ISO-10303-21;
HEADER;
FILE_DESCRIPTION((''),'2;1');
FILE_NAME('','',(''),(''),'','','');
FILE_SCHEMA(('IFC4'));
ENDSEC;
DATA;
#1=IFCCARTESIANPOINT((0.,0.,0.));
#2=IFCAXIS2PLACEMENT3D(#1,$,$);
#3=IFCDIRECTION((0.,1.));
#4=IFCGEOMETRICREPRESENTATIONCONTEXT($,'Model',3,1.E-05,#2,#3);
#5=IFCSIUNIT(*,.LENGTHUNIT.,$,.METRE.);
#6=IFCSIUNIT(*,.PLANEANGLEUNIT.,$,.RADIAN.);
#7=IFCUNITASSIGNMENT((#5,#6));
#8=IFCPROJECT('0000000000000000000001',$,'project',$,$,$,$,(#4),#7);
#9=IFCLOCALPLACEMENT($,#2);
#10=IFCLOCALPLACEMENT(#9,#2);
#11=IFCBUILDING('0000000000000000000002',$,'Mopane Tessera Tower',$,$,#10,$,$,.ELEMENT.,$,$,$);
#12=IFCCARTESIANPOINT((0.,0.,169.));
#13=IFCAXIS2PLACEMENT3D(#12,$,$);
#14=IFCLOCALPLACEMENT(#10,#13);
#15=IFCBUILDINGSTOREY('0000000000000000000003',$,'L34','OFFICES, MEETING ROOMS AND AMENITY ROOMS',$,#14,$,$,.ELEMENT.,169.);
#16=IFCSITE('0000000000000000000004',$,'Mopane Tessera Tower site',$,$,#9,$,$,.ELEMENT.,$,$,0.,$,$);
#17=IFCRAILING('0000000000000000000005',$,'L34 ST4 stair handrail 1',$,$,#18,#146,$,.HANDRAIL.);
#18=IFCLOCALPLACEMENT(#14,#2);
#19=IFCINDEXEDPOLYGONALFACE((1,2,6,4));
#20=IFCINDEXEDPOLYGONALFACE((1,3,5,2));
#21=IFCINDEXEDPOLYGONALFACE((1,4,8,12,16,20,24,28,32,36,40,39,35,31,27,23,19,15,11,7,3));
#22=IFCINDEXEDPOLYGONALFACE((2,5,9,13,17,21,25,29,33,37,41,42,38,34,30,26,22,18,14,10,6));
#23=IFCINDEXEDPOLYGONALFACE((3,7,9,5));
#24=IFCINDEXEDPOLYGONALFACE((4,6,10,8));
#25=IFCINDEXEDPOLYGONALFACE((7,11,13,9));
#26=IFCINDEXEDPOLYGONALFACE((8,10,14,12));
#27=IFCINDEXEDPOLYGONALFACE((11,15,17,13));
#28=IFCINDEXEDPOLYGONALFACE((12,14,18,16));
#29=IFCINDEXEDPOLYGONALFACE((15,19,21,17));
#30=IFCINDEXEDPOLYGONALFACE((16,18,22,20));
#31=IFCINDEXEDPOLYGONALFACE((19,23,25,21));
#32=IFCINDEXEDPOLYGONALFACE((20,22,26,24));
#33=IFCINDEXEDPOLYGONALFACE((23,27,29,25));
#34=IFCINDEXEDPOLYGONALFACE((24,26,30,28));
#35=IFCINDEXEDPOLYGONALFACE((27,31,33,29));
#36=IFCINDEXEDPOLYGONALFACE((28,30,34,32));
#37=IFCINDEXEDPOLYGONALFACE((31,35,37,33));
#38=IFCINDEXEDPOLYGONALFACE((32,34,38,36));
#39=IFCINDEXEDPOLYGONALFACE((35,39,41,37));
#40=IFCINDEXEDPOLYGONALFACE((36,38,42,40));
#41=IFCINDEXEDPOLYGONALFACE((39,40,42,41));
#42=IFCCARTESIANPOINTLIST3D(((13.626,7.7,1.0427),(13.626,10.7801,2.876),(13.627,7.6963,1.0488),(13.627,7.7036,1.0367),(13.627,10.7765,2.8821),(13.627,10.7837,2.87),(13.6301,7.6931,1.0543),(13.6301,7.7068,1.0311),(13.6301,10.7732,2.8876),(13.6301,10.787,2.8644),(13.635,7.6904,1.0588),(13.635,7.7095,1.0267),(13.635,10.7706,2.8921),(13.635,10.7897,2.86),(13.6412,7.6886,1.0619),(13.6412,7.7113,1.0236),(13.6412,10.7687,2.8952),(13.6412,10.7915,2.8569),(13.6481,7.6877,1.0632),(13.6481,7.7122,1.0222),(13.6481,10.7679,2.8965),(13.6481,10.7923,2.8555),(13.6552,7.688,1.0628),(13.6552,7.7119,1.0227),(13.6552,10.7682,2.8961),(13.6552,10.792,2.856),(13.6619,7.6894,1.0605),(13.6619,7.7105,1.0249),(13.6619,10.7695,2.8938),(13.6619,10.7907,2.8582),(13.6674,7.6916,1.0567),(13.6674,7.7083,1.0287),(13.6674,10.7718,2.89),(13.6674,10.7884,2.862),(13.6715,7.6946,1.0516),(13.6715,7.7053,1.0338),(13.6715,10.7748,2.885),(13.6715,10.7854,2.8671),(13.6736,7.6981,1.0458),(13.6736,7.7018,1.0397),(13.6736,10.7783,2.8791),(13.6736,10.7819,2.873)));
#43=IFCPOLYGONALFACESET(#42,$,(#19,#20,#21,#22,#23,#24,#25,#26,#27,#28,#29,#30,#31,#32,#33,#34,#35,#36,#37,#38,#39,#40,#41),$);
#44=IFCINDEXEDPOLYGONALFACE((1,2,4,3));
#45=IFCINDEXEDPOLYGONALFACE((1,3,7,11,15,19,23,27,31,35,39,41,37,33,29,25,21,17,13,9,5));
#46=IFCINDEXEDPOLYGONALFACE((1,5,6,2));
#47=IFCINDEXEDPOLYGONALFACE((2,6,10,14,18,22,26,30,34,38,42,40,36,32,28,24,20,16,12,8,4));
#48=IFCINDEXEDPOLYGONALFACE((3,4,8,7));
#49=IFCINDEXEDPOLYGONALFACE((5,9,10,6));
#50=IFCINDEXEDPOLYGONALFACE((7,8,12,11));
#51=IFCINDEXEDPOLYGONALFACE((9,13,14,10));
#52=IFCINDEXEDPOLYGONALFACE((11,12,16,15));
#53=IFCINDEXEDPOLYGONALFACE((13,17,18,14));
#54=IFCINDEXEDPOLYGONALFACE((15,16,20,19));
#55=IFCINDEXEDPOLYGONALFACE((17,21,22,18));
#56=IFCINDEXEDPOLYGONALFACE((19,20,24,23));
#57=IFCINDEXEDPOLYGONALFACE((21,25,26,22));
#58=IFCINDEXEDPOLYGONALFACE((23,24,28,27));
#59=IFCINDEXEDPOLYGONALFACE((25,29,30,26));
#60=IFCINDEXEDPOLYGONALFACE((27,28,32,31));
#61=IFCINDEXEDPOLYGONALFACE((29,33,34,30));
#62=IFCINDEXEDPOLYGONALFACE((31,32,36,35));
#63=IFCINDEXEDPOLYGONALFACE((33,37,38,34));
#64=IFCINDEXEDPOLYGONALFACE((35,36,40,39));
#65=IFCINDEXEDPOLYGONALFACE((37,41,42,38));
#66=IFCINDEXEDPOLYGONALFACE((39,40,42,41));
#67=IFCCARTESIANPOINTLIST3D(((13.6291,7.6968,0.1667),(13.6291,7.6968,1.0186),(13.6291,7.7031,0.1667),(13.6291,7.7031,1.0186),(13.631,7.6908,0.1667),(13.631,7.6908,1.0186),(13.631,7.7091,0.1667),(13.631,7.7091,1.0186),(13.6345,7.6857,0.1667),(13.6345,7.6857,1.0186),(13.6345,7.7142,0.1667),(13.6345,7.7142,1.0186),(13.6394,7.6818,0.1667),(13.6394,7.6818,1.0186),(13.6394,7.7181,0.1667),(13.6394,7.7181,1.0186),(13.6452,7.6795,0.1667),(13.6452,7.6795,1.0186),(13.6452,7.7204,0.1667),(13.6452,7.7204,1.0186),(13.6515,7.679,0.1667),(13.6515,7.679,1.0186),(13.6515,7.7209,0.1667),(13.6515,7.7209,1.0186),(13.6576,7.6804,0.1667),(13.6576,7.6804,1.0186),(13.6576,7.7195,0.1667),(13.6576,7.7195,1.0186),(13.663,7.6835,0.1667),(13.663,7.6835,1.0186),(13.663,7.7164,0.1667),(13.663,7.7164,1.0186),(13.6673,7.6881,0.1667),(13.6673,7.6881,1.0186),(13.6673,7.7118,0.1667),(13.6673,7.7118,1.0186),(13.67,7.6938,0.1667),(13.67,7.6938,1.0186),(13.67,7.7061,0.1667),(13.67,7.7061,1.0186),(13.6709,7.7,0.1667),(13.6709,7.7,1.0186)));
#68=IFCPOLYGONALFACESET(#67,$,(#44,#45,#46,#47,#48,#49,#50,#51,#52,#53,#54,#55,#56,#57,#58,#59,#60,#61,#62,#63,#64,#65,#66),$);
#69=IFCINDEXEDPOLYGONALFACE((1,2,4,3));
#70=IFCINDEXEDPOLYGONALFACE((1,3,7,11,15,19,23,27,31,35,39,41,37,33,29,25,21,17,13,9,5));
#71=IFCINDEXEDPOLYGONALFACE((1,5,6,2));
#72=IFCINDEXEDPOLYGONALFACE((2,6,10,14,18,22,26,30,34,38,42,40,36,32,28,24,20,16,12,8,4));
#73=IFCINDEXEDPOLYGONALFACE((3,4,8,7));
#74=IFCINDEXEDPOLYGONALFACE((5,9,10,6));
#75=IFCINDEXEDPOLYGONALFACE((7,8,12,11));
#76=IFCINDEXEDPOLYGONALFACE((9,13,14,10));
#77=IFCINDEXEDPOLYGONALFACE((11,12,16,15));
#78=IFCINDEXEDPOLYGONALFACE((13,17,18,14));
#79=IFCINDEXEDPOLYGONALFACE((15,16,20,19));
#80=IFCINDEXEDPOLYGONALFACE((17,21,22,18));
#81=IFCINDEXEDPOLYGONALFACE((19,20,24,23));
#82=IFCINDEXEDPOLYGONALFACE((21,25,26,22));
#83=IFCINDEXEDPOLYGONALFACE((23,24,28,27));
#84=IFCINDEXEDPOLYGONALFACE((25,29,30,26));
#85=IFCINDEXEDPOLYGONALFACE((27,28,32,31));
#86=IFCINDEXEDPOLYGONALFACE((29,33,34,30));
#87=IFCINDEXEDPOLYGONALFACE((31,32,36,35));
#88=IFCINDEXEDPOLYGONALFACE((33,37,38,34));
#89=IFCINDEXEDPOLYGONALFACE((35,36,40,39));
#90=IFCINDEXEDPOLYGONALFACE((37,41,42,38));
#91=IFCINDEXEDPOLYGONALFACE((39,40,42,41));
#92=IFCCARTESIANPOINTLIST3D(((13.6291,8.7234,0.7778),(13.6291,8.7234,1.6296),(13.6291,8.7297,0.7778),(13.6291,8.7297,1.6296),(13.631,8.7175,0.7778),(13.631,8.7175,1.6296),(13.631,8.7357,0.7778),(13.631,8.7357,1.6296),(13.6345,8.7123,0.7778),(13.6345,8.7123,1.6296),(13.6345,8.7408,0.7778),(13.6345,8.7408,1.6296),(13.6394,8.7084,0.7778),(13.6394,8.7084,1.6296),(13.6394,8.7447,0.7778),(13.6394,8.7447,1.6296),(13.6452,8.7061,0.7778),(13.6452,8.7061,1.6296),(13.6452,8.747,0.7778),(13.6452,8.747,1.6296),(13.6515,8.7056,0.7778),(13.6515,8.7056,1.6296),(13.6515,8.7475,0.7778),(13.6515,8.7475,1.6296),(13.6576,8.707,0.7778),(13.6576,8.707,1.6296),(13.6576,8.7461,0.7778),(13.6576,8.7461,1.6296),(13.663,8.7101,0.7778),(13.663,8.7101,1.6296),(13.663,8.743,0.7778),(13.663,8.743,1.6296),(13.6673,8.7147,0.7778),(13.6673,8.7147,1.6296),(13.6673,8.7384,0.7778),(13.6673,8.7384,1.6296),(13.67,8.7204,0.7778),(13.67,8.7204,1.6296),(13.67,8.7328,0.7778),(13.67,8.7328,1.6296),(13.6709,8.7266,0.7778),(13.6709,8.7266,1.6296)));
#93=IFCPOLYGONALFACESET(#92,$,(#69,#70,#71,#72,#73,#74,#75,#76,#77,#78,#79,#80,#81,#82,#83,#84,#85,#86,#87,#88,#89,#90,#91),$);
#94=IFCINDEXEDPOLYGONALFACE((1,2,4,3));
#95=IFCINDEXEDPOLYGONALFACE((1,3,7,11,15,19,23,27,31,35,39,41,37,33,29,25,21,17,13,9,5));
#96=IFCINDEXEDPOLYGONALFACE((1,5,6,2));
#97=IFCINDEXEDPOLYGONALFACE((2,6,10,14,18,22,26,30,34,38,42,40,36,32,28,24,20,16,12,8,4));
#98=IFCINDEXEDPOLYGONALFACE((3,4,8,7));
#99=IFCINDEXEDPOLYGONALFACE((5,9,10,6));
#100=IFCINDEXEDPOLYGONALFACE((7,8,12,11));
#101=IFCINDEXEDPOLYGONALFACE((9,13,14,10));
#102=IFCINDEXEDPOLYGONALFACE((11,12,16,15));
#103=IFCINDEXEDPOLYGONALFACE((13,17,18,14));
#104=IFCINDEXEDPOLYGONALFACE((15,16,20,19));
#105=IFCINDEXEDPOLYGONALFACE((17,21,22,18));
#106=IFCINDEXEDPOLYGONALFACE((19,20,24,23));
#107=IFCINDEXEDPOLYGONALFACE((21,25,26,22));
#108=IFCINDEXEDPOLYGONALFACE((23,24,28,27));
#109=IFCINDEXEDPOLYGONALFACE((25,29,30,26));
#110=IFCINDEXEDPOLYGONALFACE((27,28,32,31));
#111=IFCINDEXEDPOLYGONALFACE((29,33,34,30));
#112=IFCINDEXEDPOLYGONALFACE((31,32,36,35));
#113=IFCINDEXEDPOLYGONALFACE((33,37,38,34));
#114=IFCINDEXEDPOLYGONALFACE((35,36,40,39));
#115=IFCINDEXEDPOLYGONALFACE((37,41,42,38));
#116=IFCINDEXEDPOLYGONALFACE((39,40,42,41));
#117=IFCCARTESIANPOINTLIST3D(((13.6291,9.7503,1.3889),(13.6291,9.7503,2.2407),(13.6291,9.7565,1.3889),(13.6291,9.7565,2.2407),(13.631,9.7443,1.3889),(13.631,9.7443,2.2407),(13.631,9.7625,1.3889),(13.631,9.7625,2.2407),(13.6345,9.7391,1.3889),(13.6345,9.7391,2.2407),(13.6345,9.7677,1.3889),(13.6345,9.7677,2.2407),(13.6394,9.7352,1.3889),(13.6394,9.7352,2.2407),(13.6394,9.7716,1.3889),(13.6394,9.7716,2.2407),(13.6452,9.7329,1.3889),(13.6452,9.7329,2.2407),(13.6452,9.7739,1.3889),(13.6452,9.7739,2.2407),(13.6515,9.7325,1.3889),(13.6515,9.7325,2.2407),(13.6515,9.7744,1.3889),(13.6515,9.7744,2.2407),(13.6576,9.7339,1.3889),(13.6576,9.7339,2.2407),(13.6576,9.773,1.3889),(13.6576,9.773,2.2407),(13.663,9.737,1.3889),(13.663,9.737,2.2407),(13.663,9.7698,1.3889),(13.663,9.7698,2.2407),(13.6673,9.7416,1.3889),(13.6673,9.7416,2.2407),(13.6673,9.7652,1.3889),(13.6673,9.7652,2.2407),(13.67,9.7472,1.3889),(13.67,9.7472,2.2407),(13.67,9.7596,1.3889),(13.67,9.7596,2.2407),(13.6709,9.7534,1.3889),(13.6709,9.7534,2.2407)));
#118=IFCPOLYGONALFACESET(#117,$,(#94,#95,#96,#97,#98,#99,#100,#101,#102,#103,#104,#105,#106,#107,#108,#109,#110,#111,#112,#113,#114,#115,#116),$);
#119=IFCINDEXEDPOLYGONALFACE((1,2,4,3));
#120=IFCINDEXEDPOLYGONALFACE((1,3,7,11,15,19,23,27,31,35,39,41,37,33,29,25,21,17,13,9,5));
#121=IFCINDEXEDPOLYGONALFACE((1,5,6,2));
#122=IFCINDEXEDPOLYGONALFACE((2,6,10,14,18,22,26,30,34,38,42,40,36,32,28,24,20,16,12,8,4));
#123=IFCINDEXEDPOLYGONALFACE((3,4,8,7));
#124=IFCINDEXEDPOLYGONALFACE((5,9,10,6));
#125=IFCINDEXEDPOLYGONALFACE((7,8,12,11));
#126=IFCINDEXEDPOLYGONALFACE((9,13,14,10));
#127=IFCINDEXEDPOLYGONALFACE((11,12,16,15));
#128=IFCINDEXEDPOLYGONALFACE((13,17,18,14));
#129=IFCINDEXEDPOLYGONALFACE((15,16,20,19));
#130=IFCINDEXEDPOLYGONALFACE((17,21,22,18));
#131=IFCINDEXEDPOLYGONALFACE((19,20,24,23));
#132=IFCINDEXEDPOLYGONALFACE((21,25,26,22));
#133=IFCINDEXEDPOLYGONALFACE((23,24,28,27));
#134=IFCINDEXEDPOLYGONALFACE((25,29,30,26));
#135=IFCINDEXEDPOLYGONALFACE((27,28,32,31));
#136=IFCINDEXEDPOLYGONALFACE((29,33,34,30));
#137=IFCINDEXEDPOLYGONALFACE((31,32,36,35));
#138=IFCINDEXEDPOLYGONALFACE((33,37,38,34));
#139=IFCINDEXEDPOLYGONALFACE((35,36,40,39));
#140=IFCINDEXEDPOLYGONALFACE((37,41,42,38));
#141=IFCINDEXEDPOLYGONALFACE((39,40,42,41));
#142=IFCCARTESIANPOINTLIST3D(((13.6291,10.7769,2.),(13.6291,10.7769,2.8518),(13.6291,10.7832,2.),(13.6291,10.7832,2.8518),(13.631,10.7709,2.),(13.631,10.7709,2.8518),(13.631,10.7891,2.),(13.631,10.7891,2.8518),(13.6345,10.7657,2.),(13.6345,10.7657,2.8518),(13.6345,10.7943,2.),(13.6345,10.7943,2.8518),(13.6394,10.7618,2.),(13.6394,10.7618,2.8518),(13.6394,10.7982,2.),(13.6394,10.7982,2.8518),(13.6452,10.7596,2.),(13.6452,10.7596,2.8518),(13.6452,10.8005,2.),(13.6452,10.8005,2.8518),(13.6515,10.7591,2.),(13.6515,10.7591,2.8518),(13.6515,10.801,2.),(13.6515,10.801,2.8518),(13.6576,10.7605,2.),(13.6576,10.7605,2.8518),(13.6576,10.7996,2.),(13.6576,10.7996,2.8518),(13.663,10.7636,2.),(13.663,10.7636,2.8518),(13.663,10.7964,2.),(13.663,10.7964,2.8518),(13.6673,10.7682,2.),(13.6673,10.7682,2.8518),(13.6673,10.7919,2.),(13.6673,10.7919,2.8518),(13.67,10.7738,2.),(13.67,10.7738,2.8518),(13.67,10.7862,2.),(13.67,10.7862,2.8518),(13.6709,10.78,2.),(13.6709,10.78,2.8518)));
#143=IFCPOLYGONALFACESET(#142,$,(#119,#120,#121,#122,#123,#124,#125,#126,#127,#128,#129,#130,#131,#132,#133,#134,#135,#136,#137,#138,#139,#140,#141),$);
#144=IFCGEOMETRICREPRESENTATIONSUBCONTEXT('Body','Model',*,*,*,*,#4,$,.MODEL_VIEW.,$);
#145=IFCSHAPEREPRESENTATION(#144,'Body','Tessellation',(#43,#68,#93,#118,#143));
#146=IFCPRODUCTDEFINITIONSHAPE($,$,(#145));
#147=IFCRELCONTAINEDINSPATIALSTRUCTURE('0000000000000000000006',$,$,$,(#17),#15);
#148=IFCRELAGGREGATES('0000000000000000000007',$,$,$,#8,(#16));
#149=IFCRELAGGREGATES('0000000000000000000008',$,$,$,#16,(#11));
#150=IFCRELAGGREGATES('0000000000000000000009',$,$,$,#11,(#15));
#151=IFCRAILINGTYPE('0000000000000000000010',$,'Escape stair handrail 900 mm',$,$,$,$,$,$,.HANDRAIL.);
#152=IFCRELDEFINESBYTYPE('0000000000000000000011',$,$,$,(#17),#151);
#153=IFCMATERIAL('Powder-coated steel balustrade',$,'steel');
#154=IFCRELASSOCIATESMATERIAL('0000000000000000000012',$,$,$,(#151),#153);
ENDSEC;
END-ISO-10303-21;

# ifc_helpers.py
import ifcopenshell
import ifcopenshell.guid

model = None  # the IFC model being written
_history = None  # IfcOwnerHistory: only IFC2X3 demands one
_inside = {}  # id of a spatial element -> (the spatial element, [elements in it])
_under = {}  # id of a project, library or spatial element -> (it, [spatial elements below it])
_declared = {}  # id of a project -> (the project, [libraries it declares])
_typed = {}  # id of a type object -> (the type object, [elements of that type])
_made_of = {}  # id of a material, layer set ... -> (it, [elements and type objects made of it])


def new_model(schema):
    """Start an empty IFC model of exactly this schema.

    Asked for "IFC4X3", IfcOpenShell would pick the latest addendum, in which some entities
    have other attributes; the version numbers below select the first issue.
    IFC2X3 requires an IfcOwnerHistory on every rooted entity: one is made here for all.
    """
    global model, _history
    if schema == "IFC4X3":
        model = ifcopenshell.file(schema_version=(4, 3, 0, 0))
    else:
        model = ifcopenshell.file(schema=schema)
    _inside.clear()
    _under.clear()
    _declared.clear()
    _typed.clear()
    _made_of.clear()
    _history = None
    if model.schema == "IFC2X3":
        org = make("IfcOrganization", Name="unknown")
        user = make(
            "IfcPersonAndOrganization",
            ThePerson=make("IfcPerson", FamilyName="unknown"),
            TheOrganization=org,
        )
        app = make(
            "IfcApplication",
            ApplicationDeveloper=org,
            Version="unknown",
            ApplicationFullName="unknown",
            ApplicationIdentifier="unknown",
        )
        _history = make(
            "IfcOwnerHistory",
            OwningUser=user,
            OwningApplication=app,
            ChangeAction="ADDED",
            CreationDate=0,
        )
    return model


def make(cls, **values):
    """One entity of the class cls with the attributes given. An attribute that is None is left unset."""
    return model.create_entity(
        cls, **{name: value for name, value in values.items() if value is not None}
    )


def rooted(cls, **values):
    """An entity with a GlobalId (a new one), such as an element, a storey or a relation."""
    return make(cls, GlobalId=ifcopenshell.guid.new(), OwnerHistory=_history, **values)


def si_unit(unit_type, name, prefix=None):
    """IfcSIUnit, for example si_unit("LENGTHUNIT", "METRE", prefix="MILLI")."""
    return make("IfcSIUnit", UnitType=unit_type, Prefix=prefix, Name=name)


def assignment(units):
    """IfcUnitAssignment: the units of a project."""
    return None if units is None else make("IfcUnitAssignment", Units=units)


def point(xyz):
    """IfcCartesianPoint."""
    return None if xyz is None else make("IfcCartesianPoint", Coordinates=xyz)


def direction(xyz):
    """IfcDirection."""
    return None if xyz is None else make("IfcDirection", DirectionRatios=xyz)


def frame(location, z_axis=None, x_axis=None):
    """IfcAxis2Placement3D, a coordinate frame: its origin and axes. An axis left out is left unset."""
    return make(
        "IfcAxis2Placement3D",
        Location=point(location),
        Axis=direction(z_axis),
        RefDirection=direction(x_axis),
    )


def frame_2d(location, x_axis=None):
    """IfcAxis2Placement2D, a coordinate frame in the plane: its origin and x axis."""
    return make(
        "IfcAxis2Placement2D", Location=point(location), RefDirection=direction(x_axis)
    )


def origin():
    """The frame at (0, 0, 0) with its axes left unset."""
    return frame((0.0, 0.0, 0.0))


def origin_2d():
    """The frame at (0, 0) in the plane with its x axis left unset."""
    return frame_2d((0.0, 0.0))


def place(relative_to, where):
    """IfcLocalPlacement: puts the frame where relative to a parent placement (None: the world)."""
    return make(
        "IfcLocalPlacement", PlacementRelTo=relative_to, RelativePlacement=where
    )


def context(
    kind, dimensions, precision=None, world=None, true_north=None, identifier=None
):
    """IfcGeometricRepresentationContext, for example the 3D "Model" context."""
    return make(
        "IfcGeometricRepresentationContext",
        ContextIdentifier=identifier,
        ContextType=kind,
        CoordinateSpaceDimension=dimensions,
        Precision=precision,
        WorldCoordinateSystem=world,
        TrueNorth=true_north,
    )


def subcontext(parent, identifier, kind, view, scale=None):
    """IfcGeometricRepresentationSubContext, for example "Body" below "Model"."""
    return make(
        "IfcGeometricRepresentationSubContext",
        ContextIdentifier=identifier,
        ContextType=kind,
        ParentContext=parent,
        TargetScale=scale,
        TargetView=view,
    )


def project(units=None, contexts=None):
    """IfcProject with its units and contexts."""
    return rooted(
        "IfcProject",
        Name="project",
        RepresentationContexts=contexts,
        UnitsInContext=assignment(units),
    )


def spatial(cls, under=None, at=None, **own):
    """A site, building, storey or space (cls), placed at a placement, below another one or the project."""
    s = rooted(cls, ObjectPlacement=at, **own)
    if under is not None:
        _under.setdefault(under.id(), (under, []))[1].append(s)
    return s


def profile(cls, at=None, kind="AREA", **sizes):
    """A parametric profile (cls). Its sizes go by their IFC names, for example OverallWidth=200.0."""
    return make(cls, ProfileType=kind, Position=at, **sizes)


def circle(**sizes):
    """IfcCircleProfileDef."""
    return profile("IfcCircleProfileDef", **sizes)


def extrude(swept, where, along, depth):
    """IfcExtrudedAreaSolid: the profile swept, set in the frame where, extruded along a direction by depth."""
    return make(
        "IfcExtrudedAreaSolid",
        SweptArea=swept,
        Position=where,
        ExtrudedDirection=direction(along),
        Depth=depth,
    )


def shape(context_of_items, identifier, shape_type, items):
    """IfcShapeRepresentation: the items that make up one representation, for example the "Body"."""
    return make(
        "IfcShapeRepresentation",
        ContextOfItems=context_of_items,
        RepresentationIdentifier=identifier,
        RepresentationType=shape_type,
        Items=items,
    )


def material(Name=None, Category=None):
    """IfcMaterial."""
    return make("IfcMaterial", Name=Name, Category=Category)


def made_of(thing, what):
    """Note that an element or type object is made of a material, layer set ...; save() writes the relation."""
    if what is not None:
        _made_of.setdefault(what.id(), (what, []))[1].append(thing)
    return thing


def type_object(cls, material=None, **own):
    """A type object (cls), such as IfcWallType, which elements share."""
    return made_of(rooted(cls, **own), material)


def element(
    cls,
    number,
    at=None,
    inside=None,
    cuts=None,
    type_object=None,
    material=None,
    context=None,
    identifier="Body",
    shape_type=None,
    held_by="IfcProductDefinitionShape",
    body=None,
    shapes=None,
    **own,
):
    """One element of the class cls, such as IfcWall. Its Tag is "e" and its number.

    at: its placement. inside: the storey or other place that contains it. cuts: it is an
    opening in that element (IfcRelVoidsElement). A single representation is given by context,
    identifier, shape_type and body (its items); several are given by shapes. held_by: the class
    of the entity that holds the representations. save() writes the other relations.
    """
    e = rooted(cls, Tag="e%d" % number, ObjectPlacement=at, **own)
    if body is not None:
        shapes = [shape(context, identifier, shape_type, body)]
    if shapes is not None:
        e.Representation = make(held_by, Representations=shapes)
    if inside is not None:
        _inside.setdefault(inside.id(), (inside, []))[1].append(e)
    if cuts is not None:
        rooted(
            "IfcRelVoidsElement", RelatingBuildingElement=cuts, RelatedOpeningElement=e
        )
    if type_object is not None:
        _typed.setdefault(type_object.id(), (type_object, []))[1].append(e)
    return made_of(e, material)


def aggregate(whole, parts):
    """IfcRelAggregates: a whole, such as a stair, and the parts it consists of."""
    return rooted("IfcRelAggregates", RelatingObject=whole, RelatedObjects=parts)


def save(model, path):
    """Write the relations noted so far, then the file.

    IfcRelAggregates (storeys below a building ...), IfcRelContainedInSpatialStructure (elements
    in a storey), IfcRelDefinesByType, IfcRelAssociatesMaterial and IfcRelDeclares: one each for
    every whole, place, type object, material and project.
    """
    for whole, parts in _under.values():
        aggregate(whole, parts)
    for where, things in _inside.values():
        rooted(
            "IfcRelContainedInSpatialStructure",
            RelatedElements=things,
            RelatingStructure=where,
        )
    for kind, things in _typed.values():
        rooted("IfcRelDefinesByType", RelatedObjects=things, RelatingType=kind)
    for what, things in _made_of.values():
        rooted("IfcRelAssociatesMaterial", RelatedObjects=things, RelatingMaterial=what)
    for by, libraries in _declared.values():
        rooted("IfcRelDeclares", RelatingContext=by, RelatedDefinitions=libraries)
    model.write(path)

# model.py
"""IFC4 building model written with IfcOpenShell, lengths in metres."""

from ifc_helpers import new_model, si_unit, direction, frame, origin, origin_2d, place, context, subcontext, project, spatial, circle, extrude, material, type_object, element, save


model = new_model("IFC4")

# Units and contexts
model_context = context("Model", 3, precision=1e-05, world=origin(), true_north=direction((0.0, 1.0)))
body_context = subcontext(model_context, "Body", "Model", "MODEL_VIEW")
ifc_project = project(units=[si_unit("LENGTHUNIT", "METRE"), si_unit("PLANEANGLEUNIT", "RADIAN")], contexts=[model_context])

# Site, building, storey
site_placement = place(None, origin())
site = spatial("IfcSite", under=ifc_project, at=site_placement, Name="Mopane Tessera Tower site", CompositionType="ELEMENT", RefElevation=0.0)
building_placement = place(site_placement, origin())
building = spatial("IfcBuilding", under=site, at=building_placement, Name="Mopane Tessera Tower", CompositionType="ELEMENT")
storey_placement = place(building_placement, frame((0.0, 0.0, 169.0)))
storey = spatial("IfcBuildingStorey", under=building, at=storey_placement, Name="L34", Description="OFFICES, MEETING ROOMS AND AMENITY ROOMS", CompositionType="ELEMENT", Elevation=169.0)

# Railing
ifc_material_1 = material(Name="Powder-coated steel balustrade", Category="steel")
railing_type_1 = type_object("IfcRailingType", Name="Escape stair handrail 900 mm", PredefinedType="HANDRAIL", material=ifc_material_1)
railing_1_placement = place(storey_placement, frame((13.6499, 7.7, 0.1667)))
element("IfcRailing", 1, at=railing_1_placement, inside=storey, type_object=railing_type_1, Name="L34 ST4 stair handrail 1", PredefinedType="HANDRAIL", context=body_context, shape_type="SweptSolid", body=[
    extrude(circle(Radius=0.0239, at=origin_2d()), frame((0.0, 0.0, 0.876), z_axis=(0.0, 0.859309, 0.511458), x_axis=(-1.0, 0.0, 0.0)), (0.0, 0.0, 1.0), 3.5845),
    extrude(circle(Radius=0.021, at=origin_2d()), origin(), (0.0, 0.0, 1.0), 0.8518),
    extrude(circle(Radius=0.021, at=origin_2d()), frame((0.0, 1.0266, 0.6111)), (0.0, 0.0, 1.0), 0.8518),
    extrude(circle(Radius=0.021, at=origin_2d()), frame((0.0, 2.0535, 1.2222)), (0.0, 0.0, 1.0), 0.8518),
    extrude(circle(Radius=0.021, at=origin_2d()), frame((0.0, 3.0801, 1.8333)), (0.0, 0.0, 1.0), 0.8518),
])

save(model, "model.ifc")
